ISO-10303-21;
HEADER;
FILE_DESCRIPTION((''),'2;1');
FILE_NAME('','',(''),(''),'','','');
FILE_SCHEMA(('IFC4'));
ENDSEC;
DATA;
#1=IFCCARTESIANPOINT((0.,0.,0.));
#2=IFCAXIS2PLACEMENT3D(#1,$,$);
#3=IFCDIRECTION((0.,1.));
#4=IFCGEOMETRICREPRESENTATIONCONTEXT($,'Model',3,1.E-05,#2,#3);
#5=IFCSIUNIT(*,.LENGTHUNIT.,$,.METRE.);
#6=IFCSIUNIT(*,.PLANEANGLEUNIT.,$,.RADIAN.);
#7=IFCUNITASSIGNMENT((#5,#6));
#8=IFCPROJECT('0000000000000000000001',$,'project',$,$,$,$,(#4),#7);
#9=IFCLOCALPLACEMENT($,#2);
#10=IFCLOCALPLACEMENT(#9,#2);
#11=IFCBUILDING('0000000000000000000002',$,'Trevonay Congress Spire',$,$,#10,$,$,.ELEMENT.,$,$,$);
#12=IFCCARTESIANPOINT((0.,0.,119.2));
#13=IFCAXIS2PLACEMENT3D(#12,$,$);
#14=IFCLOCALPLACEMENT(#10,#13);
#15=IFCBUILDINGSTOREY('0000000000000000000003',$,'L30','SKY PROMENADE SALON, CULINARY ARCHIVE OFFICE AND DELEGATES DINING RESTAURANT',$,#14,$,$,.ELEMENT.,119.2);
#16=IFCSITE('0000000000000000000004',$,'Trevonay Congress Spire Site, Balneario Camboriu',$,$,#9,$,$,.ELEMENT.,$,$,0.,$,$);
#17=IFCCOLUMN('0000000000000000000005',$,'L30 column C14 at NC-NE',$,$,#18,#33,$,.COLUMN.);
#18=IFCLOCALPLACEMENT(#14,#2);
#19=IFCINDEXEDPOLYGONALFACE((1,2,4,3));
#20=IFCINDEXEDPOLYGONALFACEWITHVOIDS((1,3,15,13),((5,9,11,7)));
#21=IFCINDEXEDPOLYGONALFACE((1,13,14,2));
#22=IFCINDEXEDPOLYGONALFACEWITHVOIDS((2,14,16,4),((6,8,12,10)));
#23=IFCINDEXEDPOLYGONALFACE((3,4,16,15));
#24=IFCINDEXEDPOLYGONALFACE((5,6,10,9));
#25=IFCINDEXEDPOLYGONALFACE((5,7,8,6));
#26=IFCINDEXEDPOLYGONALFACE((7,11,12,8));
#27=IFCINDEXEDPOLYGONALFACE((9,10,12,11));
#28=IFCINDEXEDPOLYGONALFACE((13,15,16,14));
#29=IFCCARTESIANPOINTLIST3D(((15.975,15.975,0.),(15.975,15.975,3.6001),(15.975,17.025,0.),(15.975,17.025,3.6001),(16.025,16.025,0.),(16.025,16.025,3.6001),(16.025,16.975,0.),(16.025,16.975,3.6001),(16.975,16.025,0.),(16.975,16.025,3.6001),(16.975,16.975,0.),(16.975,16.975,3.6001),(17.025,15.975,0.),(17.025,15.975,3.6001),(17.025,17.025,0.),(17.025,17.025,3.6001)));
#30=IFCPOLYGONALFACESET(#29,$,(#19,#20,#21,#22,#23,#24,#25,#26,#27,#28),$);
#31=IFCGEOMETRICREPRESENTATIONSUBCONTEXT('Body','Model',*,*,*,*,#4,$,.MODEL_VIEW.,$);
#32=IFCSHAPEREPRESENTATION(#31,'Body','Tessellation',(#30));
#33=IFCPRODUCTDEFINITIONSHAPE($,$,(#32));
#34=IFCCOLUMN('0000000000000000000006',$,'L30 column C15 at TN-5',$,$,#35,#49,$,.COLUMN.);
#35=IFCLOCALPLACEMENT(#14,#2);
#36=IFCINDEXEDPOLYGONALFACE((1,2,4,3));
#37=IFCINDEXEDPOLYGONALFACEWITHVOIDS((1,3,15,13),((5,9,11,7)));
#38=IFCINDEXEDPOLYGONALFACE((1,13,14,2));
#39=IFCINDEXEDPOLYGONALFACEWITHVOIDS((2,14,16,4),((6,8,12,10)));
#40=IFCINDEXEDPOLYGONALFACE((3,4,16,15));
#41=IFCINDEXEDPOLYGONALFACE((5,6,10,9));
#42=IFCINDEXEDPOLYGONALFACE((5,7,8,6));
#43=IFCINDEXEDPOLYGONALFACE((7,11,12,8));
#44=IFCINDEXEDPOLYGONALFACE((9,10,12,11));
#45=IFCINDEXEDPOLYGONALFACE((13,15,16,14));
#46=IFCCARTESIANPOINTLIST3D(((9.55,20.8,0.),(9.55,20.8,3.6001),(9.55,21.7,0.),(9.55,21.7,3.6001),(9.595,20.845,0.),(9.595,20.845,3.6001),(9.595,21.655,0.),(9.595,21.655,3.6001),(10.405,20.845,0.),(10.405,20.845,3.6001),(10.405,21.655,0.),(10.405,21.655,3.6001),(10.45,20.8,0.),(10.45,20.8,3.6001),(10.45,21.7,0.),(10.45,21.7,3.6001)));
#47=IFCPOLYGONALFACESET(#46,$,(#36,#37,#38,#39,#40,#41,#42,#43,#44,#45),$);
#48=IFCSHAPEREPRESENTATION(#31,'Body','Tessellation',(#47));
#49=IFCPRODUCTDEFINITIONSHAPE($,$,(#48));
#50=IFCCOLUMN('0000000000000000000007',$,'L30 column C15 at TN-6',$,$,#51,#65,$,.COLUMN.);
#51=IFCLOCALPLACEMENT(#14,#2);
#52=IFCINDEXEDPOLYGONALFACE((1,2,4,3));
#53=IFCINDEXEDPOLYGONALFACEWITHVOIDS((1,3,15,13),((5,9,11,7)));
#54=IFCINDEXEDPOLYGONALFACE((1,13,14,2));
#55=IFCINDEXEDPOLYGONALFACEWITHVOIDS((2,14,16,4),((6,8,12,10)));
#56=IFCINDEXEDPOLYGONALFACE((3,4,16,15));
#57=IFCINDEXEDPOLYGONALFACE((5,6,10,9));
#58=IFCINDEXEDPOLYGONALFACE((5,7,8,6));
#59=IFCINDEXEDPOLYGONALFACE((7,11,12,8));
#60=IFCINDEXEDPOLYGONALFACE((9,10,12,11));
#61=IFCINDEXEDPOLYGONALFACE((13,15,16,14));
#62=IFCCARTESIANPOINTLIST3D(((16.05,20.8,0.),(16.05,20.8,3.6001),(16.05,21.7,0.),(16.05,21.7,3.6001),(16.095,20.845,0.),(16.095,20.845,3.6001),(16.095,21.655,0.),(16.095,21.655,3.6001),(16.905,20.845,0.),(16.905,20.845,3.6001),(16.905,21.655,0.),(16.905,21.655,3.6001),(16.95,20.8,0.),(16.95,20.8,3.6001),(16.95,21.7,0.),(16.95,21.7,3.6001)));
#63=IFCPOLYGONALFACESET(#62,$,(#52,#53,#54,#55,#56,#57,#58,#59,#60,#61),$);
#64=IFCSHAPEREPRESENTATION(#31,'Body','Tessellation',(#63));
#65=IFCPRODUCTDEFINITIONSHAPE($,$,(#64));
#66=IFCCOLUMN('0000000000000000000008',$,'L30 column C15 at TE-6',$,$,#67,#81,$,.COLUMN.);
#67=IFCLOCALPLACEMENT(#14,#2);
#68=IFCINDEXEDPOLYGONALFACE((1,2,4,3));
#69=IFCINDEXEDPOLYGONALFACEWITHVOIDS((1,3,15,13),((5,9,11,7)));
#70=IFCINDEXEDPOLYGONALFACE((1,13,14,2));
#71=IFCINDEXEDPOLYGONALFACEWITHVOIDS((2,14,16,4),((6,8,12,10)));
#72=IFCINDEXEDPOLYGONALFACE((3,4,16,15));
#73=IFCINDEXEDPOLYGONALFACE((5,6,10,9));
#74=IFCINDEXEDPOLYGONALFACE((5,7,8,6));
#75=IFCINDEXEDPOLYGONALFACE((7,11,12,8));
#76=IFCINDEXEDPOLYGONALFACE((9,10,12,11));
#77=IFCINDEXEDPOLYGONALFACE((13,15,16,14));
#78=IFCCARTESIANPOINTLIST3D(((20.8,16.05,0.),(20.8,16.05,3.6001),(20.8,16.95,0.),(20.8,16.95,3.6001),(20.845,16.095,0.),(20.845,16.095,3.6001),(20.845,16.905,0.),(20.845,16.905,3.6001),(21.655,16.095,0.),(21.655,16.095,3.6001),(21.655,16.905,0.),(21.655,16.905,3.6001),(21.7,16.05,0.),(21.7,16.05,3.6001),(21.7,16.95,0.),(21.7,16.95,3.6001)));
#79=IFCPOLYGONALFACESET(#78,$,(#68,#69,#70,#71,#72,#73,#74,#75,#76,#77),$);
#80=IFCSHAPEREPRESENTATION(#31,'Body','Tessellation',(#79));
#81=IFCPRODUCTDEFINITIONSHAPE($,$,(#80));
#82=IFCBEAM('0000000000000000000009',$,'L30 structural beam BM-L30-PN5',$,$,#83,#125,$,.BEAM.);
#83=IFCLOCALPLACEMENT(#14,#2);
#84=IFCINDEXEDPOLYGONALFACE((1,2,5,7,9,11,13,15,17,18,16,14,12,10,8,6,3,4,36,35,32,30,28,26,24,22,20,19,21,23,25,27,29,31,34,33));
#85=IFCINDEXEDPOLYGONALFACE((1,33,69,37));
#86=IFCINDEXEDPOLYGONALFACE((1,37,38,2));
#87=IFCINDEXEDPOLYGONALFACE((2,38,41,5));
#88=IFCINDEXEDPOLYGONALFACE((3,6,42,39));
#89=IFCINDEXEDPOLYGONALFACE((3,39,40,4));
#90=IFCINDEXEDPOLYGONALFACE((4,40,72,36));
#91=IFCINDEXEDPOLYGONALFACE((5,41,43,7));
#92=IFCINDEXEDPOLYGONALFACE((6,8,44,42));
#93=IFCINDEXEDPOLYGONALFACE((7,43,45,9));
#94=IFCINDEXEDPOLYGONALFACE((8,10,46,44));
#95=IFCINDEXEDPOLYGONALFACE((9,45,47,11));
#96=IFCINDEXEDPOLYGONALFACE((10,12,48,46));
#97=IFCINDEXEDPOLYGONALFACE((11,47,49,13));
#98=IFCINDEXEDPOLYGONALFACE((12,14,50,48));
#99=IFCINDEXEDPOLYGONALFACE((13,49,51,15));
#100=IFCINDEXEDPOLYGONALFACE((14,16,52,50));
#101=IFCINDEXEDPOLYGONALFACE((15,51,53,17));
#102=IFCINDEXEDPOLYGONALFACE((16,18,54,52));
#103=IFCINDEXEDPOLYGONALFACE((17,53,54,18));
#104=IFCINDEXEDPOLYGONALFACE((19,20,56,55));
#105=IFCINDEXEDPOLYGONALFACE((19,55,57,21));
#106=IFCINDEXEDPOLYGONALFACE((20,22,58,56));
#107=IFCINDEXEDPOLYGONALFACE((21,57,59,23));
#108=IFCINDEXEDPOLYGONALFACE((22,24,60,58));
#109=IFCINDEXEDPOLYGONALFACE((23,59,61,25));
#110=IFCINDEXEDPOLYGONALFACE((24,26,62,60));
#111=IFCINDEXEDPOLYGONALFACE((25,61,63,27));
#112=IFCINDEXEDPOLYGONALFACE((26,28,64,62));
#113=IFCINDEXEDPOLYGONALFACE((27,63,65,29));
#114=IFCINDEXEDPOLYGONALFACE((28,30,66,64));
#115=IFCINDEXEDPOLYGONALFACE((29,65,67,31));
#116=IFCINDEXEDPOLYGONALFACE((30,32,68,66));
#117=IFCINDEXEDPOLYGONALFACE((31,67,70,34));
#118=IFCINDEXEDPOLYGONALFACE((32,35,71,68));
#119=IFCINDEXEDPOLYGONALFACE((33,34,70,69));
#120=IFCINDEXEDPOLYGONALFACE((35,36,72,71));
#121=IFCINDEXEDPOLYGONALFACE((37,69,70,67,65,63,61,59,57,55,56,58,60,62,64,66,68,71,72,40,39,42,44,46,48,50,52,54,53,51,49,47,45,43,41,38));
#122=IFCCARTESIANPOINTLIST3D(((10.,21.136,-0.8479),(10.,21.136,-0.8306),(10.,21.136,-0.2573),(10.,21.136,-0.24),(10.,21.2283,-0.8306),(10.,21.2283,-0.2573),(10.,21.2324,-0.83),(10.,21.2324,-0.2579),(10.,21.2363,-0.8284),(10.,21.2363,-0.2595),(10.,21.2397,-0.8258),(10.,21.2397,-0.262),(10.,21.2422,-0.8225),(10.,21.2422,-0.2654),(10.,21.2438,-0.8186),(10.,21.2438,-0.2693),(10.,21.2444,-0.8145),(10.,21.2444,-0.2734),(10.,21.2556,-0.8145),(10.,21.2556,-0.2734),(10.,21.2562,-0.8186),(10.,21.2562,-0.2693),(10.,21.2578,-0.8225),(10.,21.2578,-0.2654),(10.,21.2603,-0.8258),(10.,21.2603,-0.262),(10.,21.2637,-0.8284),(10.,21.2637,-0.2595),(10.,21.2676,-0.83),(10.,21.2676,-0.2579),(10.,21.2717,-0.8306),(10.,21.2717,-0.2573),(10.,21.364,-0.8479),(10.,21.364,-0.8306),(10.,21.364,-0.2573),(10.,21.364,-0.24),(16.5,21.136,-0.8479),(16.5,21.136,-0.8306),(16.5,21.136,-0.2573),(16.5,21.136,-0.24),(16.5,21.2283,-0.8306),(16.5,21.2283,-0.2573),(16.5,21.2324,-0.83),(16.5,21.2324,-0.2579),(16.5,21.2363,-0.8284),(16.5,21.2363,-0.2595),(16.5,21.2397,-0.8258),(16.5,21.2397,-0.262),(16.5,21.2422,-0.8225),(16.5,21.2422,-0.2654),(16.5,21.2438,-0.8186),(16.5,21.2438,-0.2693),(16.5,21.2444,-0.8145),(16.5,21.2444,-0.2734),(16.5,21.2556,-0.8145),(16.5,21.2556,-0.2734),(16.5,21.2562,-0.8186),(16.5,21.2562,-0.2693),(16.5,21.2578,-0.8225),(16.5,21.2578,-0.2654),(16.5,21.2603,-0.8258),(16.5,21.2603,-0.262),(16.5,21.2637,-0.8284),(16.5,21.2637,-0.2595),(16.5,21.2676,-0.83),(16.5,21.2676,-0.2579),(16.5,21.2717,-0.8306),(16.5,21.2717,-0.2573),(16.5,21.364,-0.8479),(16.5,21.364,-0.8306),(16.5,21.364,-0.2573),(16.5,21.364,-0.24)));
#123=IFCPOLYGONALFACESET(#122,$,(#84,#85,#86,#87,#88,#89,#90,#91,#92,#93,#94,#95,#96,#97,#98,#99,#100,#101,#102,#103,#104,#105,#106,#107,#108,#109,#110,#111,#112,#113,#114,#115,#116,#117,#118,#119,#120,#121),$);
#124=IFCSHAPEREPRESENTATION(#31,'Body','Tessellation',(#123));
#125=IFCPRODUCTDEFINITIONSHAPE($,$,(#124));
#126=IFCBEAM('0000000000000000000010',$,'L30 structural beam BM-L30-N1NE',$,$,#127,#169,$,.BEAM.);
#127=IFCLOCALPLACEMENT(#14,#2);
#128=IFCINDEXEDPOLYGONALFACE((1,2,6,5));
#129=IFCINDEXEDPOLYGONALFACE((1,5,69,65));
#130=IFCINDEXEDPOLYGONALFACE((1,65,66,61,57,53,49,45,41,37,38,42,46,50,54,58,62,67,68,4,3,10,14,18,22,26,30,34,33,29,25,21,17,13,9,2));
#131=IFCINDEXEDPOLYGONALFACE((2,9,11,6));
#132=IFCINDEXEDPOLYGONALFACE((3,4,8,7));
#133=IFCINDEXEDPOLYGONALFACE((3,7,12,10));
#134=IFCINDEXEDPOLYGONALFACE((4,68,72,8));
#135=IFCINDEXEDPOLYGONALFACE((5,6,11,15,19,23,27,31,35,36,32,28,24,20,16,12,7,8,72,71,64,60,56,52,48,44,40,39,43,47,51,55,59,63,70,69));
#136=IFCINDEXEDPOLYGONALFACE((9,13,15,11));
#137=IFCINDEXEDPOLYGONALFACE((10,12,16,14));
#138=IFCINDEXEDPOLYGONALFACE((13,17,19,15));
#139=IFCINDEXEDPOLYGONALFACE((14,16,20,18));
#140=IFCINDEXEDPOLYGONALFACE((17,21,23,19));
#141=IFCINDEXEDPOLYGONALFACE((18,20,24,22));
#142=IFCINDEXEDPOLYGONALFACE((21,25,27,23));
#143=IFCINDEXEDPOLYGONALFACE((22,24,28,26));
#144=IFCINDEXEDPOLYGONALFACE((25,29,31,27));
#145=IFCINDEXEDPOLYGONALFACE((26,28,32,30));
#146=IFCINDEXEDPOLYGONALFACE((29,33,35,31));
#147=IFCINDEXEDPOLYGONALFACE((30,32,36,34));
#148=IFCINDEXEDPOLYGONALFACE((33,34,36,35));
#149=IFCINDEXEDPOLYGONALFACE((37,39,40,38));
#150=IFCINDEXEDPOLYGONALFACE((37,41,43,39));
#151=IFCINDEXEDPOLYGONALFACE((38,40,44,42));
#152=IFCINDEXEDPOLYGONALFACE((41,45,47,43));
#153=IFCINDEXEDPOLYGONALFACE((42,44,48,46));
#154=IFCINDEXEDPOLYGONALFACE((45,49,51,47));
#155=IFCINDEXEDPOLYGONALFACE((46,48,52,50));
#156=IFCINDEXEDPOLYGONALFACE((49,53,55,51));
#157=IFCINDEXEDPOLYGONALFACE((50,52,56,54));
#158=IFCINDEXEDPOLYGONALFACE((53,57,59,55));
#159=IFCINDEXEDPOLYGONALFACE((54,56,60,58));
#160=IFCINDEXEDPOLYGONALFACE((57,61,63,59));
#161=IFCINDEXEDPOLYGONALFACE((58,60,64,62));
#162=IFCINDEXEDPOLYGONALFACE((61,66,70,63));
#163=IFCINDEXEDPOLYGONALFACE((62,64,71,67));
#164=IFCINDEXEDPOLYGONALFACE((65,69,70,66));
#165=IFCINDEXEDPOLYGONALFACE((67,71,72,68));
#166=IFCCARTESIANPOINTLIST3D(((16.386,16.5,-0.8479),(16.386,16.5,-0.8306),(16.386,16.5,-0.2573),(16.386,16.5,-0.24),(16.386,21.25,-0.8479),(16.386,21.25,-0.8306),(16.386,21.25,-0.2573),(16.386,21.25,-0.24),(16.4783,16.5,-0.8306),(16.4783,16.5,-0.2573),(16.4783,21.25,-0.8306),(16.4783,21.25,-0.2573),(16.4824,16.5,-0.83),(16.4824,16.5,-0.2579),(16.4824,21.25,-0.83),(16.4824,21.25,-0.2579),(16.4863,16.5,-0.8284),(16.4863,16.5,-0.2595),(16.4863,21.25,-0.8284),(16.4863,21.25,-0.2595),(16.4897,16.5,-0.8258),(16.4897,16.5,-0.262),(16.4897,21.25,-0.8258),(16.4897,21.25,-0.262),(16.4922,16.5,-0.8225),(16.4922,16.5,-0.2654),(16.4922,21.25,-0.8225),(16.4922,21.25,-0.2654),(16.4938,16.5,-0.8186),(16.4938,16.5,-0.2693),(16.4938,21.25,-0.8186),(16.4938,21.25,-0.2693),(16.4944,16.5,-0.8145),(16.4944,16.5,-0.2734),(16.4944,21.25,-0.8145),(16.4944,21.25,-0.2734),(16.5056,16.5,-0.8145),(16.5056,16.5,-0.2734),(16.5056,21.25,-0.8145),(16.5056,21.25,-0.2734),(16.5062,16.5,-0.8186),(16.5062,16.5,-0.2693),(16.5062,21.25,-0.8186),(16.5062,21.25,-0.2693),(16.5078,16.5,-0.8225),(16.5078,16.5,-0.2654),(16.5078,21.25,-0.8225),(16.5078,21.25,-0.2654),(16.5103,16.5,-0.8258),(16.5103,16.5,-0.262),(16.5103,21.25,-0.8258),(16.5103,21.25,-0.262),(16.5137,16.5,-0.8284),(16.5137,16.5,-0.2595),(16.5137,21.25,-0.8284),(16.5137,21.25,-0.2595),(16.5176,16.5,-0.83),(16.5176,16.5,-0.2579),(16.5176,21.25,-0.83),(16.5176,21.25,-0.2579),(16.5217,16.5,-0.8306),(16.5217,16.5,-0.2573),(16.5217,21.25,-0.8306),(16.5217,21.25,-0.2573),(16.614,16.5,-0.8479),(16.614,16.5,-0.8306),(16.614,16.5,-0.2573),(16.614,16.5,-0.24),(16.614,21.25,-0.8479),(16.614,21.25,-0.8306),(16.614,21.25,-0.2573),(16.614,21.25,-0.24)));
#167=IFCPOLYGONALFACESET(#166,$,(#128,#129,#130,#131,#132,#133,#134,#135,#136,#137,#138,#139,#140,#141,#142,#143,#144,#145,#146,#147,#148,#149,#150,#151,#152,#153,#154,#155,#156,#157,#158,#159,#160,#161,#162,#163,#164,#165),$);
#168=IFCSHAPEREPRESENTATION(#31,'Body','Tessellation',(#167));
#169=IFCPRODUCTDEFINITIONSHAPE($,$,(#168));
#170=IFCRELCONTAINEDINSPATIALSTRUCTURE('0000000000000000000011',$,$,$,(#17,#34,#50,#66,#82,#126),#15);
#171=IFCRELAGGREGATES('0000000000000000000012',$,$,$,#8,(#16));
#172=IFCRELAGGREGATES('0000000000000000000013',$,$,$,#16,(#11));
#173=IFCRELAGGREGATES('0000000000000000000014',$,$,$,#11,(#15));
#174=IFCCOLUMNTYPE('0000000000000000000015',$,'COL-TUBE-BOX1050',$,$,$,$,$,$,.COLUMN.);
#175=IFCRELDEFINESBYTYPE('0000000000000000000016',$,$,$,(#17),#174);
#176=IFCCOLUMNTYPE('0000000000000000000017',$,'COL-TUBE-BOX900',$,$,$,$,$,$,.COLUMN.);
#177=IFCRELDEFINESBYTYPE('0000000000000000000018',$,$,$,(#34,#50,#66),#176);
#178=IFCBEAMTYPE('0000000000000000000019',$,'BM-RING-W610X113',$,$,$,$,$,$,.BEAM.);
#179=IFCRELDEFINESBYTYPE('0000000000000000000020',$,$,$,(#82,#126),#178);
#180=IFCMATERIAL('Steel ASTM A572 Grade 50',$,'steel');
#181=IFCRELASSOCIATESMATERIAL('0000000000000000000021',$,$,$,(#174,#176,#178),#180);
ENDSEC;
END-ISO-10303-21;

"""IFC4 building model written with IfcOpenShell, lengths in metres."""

from ifc_helpers import new_model, si_unit, direction, frame, origin, origin_2d, place, context, subcontext, project, spatial, hollow_rectangle, i_section, extrude, material, material_profile, profile_set, type_object, element, save


model = new_model("IFC4")

# Units and contexts
model_context = context("Model", 3, precision=1e-05, world=origin(), true_north=direction((0.0, 1.0)))
body_context = subcontext(model_context, "Body", "Model", "MODEL_VIEW")
ifc_project = project(units=[si_unit("LENGTHUNIT", "METRE"), si_unit("PLANEANGLEUNIT", "RADIAN")], contexts=[model_context])

# Site, building, storey
site_placement = place(None, origin())
site = spatial("IfcSite", under=ifc_project, at=site_placement, Name="Trevonay Congress Spire Site, Balneario Camboriu", CompositionType="ELEMENT", RefElevation=0.0)
building_placement = place(site_placement, origin())
building = spatial("IfcBuilding", under=site, at=building_placement, Name="Trevonay Congress Spire", CompositionType="ELEMENT")
storey_placement = place(building_placement, frame((0.0, 0.0, 119.2)))
storey = spatial("IfcBuildingStorey", under=building, at=storey_placement, Name="L30", Description="SKY PROMENADE SALON, CULINARY ARCHIVE OFFICE AND DELEGATES DINING RESTAURANT", CompositionType="ELEMENT", Elevation=119.2)

# Columns
ifc_material_1 = material(Name="Steel ASTM A572 Grade 50", Category="steel")
ifc_material_profile_1 = material_profile(ifc_material_1, hollow_rectangle(XDim=1.05, YDim=1.05, WallThickness=0.05, at=origin_2d()), Name="BOX 1050x1050x50")
ifc_profile_set_1 = profile_set([ifc_material_profile_1], Name="Steel ASTM A572 Grade 50")
column_type_1 = type_object("IfcColumnType", Name="COL-TUBE-BOX1050", PredefinedType="COLUMN", material=ifc_profile_set_1)
column_placement = place(storey_placement, frame((16.5, 16.5, 0.0), z_axis=(0.0, 0.0, 1.0), x_axis=(1.0, 0.0, 0.0)))
element("IfcColumn", 1, at=column_placement, inside=storey, type_object=column_type_1, Name="L30 column C14 at NC-NE", PredefinedType="COLUMN", context=body_context, shape_type="SweptSolid", body=[
    extrude(hollow_rectangle(XDim=1.05, YDim=1.05, WallThickness=0.05, at=origin_2d()), origin(), (0.0, 0.0, 1.0), 3.6001),
])
ifc_material_profile_2 = material_profile(ifc_material_1, hollow_rectangle(XDim=0.8999, YDim=0.8999, WallThickness=0.0449, at=origin_2d()), Name="BOX 900x900x45")
ifc_profile_set_2 = profile_set([ifc_material_profile_2], Name="Steel ASTM A572 Grade 50")
column_type_2 = type_object("IfcColumnType", Name="COL-TUBE-BOX900", PredefinedType="COLUMN", material=ifc_profile_set_2)
for number, where, z_axis, x_axis, name in (
    (2, (10.0, 21.25, 0.0), (0.0, 0.0, 1.0), (1.0, 0.0, 0.0), "L30 column C15 at TN-5"),
    (3, (16.5, 21.25, 0.0), (0.0, 0.0, 1.0), (1.0, 0.0, 0.0), "L30 column C15 at TN-6"),
    (4, (21.25, 16.5, 0.0), (0.0, 0.0, 1.0), (1.0, 0.0, 0.0), "L30 column C15 at TE-6"),
):
    element("IfcColumn", number, at=place(storey_placement, frame(where, z_axis=z_axis, x_axis=x_axis)), inside=storey, type_object=column_type_2, Name=name, PredefinedType="COLUMN", context=body_context, shape_type="SweptSolid", body=[
        extrude(hollow_rectangle(XDim=0.8999, YDim=0.8999, WallThickness=0.0449, at=origin_2d()), origin(), (0.0, 0.0, 1.0), 3.6001),
    ])

# Beams
ifc_material_profile_3 = material_profile(ifc_material_1, i_section(OverallWidth=0.228, OverallDepth=0.6079, WebThickness=0.0112, FlangeThickness=0.0173, FilletRadius=0.0161, at=origin_2d()), Name="W610x113")
ifc_profile_set_3 = profile_set([ifc_material_profile_3], Name="Steel ASTM A572 Grade 50")
beam_type = type_object("IfcBeamType", Name="BM-RING-W610X113", PredefinedType="BEAM", material=ifc_profile_set_3)
beam_placement = place(storey_placement, frame((10.0, 21.25, -0.5439), z_axis=(1.0, 0.0, 0.0), x_axis=(0.0, 1.0, 0.0)))
element("IfcBeam", 5, at=beam_placement, inside=storey, type_object=beam_type, Name="L30 structural beam BM-L30-PN5", PredefinedType="BEAM", context=body_context, shape_type="SweptSolid", body=[
    extrude(i_section(OverallWidth=0.228, OverallDepth=0.6079, WebThickness=0.0112, FlangeThickness=0.0173, FilletRadius=0.0161, at=origin_2d()), origin(), (0.0, 0.0, 1.0), 6.5),
])
for number, where, z_axis, x_axis, name in (
    (6, (16.5, 21.25, -0.5439), (0.0, -1.0, 0.0), (1.0, 0.0, 0.0), "L30 structural beam BM-L30-N1NE"),
):
    element("IfcBeam", number, at=place(storey_placement, frame(where, z_axis=z_axis, x_axis=x_axis)), inside=storey, type_object=beam_type, Name=name, PredefinedType="BEAM", context=body_context, shape_type="SweptSolid", body=[
        extrude(i_section(OverallWidth=0.228, OverallDepth=0.6079, WebThickness=0.0112, FlangeThickness=0.0173, FilletRadius=0.0161, at=origin_2d()), origin(), (0.0, 0.0, 1.0), 4.75),
    ])

save(model, "model.ifc")
